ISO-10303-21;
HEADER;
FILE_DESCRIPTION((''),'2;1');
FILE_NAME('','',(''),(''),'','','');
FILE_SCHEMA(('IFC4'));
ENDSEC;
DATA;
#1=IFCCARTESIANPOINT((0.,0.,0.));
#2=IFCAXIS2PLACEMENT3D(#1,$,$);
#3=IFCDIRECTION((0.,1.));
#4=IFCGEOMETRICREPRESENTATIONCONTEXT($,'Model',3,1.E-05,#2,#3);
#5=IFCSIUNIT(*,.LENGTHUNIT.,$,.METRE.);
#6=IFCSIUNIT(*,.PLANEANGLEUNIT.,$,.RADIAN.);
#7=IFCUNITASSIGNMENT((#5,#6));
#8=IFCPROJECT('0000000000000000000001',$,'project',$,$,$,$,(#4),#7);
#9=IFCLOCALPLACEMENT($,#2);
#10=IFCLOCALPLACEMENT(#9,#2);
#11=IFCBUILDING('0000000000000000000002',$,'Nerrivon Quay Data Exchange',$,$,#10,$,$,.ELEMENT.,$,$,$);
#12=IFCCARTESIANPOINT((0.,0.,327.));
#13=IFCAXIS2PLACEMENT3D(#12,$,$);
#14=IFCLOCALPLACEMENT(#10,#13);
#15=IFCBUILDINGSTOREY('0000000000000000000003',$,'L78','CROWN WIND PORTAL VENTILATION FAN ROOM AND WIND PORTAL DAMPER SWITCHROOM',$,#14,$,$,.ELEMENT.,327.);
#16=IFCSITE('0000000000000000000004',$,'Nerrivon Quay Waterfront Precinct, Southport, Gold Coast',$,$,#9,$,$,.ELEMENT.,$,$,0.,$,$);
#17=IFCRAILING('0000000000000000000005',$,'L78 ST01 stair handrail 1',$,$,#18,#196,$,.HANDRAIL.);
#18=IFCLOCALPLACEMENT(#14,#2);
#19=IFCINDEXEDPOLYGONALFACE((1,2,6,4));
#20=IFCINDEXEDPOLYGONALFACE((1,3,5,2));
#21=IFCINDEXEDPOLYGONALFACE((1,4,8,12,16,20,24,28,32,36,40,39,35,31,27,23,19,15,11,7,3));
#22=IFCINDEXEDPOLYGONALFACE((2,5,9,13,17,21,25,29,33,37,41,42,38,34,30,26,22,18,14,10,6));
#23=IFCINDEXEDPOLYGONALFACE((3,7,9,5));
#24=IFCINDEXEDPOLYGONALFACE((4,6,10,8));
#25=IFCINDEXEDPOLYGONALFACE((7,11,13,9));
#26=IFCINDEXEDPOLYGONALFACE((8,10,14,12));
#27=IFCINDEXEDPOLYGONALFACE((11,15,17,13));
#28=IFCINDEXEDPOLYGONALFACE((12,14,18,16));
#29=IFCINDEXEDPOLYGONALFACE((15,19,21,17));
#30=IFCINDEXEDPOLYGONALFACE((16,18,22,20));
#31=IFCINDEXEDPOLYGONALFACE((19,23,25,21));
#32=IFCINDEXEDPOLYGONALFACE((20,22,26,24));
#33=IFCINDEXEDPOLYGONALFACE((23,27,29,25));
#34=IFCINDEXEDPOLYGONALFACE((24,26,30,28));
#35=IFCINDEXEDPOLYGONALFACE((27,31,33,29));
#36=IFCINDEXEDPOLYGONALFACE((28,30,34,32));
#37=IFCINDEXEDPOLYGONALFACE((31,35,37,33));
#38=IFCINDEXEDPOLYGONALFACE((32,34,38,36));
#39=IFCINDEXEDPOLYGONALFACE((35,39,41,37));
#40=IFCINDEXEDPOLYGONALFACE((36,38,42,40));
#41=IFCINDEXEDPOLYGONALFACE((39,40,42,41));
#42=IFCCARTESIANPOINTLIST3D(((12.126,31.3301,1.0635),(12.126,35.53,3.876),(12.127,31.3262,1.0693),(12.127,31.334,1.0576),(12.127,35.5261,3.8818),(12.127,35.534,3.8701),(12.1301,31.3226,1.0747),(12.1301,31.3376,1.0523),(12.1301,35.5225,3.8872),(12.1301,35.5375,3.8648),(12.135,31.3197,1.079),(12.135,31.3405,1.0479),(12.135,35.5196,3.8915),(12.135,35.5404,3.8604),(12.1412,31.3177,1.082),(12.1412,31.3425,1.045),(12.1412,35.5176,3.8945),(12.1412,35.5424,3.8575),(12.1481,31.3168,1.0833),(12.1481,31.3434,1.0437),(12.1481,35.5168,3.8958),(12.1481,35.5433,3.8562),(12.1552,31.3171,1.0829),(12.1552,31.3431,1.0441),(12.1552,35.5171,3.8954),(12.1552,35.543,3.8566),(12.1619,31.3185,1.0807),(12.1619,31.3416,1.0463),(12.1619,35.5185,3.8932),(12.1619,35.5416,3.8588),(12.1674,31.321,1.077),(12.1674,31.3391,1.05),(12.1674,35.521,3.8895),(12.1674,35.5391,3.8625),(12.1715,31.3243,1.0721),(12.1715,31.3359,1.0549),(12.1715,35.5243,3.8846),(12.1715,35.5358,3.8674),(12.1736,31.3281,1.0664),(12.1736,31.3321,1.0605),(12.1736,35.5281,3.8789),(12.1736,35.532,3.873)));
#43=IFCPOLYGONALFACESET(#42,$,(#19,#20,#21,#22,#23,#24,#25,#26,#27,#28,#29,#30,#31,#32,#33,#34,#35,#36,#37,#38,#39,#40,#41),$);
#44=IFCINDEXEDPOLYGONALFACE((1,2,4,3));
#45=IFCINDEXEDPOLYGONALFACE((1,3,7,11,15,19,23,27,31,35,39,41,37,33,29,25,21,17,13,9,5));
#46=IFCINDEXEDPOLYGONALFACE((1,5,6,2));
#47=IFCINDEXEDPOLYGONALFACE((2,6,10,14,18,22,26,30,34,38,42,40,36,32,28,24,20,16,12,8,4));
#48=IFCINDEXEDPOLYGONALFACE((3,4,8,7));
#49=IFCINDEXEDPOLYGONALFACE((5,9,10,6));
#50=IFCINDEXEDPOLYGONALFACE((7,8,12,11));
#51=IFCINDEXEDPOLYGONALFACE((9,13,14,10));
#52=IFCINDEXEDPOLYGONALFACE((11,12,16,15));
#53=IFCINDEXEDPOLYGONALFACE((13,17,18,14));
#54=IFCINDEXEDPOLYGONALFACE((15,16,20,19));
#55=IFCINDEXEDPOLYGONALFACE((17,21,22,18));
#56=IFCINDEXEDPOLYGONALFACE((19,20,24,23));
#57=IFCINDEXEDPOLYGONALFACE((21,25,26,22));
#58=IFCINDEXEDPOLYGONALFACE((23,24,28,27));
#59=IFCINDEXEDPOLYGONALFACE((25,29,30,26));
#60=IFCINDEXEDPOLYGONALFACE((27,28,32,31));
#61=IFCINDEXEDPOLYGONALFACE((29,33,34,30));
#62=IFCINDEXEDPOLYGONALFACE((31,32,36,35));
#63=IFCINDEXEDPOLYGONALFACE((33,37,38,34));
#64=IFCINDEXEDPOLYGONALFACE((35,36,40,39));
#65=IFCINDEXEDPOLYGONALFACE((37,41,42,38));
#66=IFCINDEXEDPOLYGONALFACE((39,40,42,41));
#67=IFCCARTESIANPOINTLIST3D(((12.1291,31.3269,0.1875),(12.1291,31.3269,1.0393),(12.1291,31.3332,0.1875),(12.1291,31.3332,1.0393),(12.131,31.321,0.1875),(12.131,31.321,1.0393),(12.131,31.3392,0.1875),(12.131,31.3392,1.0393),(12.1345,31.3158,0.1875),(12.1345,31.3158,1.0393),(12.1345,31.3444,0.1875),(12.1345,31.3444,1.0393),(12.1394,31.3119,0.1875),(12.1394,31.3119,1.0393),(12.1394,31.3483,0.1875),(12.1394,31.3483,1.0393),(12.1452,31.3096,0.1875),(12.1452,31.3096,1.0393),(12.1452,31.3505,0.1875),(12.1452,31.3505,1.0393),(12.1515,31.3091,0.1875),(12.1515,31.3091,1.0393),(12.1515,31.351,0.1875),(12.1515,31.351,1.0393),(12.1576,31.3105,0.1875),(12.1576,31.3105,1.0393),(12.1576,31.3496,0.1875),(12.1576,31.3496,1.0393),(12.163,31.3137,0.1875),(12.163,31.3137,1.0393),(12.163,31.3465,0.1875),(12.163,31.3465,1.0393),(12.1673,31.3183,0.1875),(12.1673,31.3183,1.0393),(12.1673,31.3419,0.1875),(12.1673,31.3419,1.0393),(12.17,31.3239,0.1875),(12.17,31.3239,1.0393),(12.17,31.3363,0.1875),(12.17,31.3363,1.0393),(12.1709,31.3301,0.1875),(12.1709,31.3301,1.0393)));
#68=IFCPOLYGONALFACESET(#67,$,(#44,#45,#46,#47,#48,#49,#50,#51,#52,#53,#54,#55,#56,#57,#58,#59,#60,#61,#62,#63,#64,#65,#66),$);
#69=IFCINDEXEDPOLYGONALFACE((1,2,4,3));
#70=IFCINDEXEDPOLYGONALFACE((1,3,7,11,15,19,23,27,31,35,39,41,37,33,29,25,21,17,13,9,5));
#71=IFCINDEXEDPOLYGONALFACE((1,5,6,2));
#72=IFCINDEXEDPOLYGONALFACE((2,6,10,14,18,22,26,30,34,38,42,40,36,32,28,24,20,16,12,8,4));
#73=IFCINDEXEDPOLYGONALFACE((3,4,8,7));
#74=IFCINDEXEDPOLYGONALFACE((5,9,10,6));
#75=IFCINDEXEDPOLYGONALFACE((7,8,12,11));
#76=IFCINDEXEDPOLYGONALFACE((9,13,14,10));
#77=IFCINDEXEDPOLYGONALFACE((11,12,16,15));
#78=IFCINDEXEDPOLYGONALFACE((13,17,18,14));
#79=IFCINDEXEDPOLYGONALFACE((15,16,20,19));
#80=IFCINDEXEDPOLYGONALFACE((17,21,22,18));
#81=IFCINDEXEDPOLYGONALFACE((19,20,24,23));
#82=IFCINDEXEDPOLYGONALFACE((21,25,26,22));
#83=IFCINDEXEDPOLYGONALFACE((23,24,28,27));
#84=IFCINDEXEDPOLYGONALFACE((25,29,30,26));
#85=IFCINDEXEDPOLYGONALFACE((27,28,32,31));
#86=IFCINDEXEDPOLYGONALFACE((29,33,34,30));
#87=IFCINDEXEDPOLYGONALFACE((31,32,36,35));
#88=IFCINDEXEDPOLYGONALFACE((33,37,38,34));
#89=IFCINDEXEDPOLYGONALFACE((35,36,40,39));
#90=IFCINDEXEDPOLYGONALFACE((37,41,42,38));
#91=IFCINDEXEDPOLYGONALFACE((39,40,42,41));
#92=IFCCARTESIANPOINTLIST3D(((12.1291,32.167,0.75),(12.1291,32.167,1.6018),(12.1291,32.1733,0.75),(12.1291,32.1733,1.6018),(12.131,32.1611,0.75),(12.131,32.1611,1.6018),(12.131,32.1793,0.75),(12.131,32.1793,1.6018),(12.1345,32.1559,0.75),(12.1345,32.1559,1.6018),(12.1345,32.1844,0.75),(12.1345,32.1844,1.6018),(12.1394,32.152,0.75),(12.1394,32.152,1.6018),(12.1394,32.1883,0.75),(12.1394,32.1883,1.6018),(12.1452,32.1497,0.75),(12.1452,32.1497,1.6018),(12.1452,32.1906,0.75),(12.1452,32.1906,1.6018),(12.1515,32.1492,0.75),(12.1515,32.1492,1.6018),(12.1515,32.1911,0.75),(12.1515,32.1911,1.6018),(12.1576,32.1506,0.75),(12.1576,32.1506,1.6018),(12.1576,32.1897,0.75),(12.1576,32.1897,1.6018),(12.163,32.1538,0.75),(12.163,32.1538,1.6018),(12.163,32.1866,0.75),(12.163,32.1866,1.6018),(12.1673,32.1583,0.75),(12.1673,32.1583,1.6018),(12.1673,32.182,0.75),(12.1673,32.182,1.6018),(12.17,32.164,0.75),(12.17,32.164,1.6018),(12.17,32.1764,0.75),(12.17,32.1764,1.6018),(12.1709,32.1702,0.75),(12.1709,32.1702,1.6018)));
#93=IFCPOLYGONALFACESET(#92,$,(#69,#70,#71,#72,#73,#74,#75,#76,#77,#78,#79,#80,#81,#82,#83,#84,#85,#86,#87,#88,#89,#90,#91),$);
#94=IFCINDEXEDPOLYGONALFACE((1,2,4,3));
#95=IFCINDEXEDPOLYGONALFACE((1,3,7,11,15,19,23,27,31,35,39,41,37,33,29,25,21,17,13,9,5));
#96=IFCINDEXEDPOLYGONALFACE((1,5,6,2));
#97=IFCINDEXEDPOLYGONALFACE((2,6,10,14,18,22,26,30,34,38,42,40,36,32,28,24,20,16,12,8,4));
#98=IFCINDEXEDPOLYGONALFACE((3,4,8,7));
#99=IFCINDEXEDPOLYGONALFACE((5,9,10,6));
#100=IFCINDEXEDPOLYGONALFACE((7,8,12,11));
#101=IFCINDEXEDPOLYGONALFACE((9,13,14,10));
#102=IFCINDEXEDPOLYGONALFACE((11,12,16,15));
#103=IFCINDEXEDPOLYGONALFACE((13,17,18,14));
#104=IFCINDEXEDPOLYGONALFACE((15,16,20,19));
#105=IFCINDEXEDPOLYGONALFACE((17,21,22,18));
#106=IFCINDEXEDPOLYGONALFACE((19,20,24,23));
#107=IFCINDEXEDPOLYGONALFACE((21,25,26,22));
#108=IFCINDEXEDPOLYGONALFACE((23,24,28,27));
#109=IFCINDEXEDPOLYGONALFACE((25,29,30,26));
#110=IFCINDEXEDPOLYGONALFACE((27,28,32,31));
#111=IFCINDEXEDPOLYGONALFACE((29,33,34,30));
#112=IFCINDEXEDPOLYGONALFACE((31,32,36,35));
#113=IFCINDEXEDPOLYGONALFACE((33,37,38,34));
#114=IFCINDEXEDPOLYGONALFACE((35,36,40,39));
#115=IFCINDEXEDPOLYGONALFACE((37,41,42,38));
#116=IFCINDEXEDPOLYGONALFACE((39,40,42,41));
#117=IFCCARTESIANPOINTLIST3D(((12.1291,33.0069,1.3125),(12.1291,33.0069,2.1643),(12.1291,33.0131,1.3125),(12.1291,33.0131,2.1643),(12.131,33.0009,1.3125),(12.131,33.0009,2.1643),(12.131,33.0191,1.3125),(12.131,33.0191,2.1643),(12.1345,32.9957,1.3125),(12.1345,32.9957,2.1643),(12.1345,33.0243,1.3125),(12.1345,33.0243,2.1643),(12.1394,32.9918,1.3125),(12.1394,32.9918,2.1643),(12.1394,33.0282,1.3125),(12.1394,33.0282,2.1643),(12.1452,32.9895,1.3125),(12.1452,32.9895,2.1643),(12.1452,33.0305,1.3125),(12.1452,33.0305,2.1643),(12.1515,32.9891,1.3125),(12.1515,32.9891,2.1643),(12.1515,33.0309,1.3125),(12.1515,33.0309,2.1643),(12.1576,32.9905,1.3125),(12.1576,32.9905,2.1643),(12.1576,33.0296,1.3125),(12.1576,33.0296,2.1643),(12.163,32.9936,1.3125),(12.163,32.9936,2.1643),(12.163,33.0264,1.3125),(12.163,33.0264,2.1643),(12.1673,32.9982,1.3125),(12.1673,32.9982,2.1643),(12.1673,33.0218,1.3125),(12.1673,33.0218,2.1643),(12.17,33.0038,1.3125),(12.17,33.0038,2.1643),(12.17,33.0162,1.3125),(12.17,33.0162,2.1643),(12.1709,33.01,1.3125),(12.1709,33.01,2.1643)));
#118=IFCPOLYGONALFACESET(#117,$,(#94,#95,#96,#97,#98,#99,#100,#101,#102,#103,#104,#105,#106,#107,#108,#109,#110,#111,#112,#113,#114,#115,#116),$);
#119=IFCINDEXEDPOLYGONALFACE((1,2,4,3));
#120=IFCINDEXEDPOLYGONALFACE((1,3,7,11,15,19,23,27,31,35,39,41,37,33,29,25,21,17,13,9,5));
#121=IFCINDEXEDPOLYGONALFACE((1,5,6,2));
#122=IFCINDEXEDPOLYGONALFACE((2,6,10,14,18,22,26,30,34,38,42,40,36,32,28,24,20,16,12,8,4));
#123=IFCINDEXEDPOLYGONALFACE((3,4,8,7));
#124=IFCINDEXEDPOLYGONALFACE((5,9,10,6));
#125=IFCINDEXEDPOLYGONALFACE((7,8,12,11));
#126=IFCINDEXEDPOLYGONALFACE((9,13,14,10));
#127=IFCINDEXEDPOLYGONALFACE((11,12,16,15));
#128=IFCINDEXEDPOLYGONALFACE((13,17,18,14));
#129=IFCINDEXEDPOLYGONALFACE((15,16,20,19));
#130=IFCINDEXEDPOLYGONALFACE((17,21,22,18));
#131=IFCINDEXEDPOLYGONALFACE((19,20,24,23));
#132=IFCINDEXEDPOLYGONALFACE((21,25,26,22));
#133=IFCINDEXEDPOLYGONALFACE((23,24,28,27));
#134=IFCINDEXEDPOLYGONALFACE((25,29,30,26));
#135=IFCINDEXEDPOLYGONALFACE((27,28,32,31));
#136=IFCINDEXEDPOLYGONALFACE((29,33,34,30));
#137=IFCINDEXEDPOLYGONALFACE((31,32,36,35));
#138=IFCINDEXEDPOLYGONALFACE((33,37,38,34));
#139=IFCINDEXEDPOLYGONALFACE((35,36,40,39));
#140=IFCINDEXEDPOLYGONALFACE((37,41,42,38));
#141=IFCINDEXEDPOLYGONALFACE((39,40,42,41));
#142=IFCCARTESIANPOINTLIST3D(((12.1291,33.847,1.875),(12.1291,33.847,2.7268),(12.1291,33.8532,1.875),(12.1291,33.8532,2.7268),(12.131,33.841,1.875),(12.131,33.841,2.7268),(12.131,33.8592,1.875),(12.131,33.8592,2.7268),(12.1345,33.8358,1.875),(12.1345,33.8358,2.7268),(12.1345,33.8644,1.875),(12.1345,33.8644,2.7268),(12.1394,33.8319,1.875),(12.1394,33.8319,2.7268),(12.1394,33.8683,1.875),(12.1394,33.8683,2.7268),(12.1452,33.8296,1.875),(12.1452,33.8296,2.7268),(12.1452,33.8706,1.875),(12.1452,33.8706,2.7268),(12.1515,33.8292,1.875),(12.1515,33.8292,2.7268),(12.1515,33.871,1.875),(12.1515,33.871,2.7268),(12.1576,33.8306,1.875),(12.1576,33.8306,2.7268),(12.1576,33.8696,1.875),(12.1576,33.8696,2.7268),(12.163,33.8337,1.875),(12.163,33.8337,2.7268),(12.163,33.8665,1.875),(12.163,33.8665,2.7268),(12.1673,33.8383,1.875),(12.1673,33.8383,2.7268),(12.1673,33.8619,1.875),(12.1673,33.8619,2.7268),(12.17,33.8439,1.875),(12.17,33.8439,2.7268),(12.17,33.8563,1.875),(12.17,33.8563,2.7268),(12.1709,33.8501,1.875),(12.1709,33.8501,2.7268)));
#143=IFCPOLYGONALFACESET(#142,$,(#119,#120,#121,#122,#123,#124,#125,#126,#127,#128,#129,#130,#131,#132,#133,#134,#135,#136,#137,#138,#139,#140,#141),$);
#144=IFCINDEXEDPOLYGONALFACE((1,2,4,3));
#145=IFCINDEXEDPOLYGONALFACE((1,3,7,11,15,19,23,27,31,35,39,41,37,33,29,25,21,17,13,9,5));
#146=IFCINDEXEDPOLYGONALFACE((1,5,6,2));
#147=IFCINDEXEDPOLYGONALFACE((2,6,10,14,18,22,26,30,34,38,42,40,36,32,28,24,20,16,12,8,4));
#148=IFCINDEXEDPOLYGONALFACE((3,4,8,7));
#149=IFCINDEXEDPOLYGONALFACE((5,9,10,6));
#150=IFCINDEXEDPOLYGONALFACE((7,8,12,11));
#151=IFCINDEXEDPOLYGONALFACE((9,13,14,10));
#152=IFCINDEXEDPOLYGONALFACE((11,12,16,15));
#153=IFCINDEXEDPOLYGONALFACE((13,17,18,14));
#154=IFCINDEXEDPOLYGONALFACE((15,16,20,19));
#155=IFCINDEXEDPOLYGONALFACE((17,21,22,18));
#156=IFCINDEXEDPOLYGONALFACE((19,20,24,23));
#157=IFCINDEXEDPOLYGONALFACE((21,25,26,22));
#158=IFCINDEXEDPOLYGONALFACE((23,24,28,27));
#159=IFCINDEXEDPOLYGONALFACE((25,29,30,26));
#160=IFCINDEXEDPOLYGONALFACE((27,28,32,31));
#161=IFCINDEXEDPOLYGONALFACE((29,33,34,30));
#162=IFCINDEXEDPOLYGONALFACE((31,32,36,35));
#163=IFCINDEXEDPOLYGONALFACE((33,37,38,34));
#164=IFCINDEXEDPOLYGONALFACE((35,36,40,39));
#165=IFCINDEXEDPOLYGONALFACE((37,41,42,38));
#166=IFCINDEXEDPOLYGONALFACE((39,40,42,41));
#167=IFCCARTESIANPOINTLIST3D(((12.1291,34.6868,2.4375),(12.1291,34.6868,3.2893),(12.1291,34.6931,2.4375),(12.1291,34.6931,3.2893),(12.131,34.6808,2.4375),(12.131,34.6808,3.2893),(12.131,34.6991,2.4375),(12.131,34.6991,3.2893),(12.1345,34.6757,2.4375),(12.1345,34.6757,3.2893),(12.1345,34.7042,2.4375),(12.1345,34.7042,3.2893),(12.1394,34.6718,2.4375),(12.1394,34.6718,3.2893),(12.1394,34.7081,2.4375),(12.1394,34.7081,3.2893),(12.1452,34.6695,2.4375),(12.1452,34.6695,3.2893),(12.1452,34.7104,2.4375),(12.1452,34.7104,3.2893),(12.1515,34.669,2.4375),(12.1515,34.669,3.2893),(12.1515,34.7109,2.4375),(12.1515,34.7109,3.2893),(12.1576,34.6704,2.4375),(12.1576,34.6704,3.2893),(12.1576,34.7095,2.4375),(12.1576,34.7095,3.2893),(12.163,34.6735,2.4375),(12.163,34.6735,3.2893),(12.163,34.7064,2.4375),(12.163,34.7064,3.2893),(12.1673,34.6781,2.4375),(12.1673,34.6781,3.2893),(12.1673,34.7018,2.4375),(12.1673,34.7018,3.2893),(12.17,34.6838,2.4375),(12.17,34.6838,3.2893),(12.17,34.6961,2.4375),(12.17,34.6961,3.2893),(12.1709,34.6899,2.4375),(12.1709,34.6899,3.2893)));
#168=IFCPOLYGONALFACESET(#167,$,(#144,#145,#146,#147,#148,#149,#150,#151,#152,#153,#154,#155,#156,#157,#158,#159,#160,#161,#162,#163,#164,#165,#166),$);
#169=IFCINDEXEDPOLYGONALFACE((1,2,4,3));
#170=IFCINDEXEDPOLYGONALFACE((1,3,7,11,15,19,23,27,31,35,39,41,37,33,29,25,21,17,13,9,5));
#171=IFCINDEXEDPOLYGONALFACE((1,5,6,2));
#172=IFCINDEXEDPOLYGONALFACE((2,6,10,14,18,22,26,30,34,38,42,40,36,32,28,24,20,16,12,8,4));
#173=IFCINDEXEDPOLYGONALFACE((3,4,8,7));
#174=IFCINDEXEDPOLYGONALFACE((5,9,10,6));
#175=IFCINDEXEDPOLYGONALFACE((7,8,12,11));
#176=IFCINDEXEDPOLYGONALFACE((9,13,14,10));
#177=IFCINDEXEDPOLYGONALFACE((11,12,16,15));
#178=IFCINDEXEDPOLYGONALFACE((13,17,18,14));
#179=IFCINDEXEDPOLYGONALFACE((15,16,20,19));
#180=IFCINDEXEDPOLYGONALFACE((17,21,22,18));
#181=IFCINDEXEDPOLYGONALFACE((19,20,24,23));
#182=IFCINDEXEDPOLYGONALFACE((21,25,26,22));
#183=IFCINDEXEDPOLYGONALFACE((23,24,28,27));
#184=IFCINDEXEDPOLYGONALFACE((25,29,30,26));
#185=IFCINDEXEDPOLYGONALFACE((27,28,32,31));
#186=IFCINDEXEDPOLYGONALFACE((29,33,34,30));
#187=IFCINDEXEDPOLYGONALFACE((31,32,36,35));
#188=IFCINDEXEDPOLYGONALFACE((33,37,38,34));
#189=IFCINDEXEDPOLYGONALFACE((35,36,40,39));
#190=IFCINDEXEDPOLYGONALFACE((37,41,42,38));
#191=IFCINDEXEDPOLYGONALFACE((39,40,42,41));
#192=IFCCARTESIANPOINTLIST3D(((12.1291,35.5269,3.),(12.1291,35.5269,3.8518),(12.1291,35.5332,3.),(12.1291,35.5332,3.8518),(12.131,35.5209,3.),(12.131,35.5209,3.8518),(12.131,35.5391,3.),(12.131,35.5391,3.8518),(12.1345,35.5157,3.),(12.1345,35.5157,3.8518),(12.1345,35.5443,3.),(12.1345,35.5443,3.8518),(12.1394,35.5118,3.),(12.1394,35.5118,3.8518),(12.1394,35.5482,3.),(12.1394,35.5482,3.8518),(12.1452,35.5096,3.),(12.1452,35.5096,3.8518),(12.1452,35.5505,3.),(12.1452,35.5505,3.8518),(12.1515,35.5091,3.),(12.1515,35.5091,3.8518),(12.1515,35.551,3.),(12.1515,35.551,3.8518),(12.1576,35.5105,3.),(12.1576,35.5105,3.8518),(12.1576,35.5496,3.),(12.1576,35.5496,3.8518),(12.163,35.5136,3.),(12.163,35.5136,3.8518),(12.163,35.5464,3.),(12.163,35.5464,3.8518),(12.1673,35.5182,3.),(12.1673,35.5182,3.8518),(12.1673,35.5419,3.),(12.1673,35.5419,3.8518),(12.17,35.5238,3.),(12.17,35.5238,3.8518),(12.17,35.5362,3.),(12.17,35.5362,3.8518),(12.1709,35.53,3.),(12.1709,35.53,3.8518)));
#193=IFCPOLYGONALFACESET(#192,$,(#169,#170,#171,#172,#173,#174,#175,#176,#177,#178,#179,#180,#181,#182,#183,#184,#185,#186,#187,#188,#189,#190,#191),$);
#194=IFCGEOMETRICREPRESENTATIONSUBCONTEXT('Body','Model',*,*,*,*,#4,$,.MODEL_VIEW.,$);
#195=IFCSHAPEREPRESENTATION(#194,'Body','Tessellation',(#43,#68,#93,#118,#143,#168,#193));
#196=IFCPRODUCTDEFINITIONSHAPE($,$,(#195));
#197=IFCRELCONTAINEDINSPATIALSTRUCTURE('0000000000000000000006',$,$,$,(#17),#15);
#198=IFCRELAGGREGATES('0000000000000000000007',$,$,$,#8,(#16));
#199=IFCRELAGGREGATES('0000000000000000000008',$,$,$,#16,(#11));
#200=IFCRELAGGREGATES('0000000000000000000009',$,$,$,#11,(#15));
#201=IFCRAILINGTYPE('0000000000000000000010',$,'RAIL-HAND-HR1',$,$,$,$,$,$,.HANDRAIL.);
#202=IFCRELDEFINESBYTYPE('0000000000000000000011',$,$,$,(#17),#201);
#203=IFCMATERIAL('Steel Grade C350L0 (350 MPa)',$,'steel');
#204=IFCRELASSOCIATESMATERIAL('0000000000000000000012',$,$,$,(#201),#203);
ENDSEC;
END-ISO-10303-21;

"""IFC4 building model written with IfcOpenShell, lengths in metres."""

from ifc_helpers import new_model, si_unit, direction, frame, origin, origin_2d, place, context, subcontext, project, spatial, circle, extrude, material, type_object, element, save


model = new_model("IFC4")

# Units and contexts
model_context = context("Model", 3, precision=1e-05, world=origin(), true_north=direction((0.0, 1.0)))
body_context = subcontext(model_context, "Body", "Model", "MODEL_VIEW")
ifc_project = project(units=[si_unit("LENGTHUNIT", "METRE"), si_unit("PLANEANGLEUNIT", "RADIAN")], contexts=[model_context])

# Site, building, storey
site_placement = place(None, origin())
site = spatial("IfcSite", under=ifc_project, at=site_placement, Name="Nerrivon Quay Waterfront Precinct, Southport, Gold Coast", CompositionType="ELEMENT", RefElevation=0.0)
building_placement = place(site_placement, origin())
building = spatial("IfcBuilding", under=site, at=building_placement, Name="Nerrivon Quay Data Exchange", CompositionType="ELEMENT")
storey_placement = place(building_placement, frame((0.0, 0.0, 327.0)))
storey = spatial("IfcBuildingStorey", under=building, at=storey_placement, Name="L78", Description="CROWN WIND PORTAL VENTILATION FAN ROOM AND WIND PORTAL DAMPER SWITCHROOM", CompositionType="ELEMENT", Elevation=327.0)

# Railing
ifc_material_1 = material(Name="Steel Grade C350L0 (350 MPa)", Category="steel")
railing_type_1 = type_object("IfcRailingType", Name="RAIL-HAND-HR1", PredefinedType="HANDRAIL", material=ifc_material_1)
railing_1_placement = place(storey_placement, frame((12.1499, 31.3301, 0.1875)))
element("IfcRailing", 1, at=railing_1_placement, inside=storey, type_object=railing_type_1, Name="L78 ST01 stair handrail 1", PredefinedType="HANDRAIL", context=body_context, shape_type="SweptSolid", body=[
    extrude(circle(Radius=0.0239, at=origin_2d()), frame((0.0, 0.0, 0.876), z_axis=(0.0, 0.830904, 0.556416), x_axis=(-1.0, 0.0, 0.0)), (0.0, 0.0, 1.0), 5.0547),
    extrude(circle(Radius=0.021, at=origin_2d()), origin(), (0.0, 0.0, 1.0), 0.8518),
    extrude(circle(Radius=0.021, at=origin_2d()), frame((0.0, 0.8401, 0.5625)), (0.0, 0.0, 1.0), 0.8518),
    extrude(circle(Radius=0.021, at=origin_2d()), frame((0.0, 1.6799, 1.125)), (0.0, 0.0, 1.0), 0.8518),
    extrude(circle(Radius=0.021, at=origin_2d()), frame((0.0, 2.52, 1.6875)), (0.0, 0.0, 1.0), 0.8518),
    extrude(circle(Radius=0.021, at=origin_2d()), frame((0.0, 3.3599, 2.25)), (0.0, 0.0, 1.0), 0.8518),
    extrude(circle(Radius=0.021, at=origin_2d()), frame((0.0, 4.2, 2.8125)), (0.0, 0.0, 1.0), 0.8518),
])

save(model, "model.ifc")
